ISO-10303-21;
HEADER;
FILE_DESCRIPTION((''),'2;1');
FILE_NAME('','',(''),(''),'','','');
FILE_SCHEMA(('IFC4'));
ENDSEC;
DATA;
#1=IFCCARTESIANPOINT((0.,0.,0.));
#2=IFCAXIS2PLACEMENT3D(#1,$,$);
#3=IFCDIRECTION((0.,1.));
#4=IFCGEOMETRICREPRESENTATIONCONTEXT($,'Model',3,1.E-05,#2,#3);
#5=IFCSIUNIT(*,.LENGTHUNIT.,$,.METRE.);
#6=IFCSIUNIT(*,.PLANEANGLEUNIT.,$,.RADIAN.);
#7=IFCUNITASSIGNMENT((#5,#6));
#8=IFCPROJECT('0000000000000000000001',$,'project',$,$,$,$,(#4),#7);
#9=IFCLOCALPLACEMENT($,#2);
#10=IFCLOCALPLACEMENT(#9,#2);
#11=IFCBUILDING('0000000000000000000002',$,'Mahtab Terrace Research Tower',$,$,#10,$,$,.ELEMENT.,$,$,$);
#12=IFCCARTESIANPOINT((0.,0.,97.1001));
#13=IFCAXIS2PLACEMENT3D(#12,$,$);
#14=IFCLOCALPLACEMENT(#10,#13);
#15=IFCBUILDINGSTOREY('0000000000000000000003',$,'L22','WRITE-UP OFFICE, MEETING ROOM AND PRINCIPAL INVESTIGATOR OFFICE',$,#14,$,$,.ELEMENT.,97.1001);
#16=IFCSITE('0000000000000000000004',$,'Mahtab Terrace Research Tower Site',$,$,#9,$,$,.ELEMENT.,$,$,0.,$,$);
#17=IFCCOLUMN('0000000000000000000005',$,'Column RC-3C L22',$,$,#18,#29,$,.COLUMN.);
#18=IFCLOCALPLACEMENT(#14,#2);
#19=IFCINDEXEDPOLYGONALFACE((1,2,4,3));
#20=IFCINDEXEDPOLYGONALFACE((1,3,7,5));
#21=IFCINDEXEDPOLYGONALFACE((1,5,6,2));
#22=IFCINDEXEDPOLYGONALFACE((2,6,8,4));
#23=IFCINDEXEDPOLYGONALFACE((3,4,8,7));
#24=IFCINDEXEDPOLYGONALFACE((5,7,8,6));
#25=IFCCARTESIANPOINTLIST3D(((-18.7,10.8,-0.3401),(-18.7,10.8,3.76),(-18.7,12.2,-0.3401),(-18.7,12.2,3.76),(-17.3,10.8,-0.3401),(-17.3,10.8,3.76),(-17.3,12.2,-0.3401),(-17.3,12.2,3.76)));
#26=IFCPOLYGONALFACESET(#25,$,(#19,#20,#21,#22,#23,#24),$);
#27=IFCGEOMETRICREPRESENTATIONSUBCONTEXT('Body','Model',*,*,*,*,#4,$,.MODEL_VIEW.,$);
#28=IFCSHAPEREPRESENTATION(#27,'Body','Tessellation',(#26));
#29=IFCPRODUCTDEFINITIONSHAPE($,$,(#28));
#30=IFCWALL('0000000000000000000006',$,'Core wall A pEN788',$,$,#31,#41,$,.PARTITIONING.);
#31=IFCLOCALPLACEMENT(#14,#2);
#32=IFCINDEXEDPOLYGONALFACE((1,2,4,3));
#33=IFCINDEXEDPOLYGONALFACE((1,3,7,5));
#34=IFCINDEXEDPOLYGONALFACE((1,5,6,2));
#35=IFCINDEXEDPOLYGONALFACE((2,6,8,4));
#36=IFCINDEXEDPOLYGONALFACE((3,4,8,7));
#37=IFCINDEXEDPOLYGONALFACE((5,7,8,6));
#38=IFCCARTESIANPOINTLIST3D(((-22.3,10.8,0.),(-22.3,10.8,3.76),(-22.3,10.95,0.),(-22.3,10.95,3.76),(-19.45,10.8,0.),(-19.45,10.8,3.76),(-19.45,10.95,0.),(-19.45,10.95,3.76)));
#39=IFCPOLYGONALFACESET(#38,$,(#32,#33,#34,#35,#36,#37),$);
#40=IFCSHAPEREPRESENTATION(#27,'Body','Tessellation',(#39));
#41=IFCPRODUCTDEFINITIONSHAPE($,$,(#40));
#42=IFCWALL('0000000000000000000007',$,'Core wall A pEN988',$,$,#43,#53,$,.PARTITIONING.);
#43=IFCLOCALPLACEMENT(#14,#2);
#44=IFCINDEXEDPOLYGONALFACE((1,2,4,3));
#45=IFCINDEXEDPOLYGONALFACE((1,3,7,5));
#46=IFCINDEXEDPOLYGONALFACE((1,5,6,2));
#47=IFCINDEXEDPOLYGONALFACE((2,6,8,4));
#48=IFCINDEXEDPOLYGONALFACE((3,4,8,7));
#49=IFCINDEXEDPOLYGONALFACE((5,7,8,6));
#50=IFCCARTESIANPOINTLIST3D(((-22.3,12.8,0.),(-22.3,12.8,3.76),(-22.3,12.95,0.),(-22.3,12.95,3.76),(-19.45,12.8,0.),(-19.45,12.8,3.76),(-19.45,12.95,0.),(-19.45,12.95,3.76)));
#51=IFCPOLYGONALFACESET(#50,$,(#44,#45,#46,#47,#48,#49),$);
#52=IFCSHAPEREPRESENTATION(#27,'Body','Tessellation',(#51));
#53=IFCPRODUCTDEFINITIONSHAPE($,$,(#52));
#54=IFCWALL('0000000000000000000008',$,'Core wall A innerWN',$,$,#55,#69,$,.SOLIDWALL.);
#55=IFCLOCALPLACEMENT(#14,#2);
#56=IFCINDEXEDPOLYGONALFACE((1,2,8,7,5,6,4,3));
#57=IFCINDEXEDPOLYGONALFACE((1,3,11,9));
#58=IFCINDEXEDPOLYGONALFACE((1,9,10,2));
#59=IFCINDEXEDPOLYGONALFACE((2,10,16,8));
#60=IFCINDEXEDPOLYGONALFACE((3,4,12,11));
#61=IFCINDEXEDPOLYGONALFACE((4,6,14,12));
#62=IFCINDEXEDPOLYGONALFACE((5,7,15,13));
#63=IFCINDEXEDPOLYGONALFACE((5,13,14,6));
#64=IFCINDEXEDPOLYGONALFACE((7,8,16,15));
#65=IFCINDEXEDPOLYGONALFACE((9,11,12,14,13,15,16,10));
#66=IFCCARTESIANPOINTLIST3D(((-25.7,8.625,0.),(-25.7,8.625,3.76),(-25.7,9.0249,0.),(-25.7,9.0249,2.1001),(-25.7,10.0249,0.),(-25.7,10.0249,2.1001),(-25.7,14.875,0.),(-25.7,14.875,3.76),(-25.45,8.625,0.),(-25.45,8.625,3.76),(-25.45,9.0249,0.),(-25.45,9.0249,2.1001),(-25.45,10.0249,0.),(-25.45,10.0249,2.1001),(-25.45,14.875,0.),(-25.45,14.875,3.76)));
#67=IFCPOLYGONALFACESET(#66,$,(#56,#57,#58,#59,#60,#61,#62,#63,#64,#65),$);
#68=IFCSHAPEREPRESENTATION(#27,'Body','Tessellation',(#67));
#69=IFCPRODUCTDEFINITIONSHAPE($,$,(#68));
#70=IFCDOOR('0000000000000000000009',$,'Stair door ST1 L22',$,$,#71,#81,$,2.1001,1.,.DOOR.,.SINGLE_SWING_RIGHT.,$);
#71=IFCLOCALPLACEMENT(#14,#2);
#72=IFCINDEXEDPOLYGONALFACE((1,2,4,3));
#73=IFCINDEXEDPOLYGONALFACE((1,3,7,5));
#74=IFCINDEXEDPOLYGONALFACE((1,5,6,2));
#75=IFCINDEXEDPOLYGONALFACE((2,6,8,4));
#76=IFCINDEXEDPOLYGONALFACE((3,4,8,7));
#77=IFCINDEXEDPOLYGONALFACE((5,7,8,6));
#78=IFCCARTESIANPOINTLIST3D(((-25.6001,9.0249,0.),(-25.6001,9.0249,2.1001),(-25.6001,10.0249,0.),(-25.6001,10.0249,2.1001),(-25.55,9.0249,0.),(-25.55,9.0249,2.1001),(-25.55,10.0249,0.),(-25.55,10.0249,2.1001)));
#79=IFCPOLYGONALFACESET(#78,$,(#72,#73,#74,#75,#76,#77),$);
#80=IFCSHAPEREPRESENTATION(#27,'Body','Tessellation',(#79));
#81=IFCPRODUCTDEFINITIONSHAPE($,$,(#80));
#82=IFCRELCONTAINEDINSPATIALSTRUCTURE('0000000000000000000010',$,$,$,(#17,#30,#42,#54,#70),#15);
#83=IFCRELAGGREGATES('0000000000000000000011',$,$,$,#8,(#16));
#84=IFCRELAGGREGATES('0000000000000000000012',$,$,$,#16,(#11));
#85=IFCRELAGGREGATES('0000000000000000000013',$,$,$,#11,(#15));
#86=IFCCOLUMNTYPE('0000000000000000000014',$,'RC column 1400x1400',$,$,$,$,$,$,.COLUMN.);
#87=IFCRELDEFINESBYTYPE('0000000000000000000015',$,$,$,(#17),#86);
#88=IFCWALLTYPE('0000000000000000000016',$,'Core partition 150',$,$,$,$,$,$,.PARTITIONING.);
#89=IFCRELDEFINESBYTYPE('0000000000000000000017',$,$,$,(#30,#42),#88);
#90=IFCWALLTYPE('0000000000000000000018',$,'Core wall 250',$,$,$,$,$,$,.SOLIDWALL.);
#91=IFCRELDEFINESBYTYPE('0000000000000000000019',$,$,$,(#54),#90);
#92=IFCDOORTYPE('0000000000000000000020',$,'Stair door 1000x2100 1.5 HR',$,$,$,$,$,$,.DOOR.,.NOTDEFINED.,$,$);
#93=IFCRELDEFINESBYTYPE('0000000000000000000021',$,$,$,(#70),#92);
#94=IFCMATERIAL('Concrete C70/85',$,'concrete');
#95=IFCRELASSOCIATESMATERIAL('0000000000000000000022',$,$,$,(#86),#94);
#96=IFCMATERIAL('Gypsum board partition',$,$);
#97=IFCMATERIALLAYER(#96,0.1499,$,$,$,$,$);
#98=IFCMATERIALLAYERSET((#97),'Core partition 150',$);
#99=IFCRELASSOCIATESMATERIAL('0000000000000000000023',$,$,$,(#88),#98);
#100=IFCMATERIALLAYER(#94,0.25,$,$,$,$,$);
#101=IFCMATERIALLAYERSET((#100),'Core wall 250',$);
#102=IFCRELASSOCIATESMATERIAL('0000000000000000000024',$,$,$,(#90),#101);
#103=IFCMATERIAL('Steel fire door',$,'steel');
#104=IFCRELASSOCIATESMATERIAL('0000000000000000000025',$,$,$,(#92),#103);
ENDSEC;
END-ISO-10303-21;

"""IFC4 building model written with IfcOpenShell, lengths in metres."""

from ifc_helpers import new_model, si_unit, direction, frame, frame_2d, origin, origin_2d, place, context, subcontext, project, spatial, rectangle, extrude, material, layer, layer_set, material_profile, profile_set, type_object, element, fill, save


model = new_model("IFC4")

# Units and contexts
model_context = context("Model", 3, precision=1e-05, world=origin(), true_north=direction((0.0, 1.0)))
body_context = subcontext(model_context, "Body", "Model", "MODEL_VIEW")
ifc_project = project(units=[si_unit("LENGTHUNIT", "METRE"), si_unit("PLANEANGLEUNIT", "RADIAN")], contexts=[model_context])

# Site, building, storey
site_placement = place(None, origin())
site = spatial("IfcSite", under=ifc_project, at=site_placement, Name="Mahtab Terrace Research Tower Site", CompositionType="ELEMENT", RefElevation=0.0)
building_placement = place(site_placement, origin())
building = spatial("IfcBuilding", under=site, at=building_placement, Name="Mahtab Terrace Research Tower", CompositionType="ELEMENT")
storey_placement = place(building_placement, frame((0.0, 0.0, 97.1001)))
storey = spatial("IfcBuildingStorey", under=building, at=storey_placement, Name="L22", Description="WRITE-UP OFFICE, MEETING ROOM AND PRINCIPAL INVESTIGATOR OFFICE", CompositionType="ELEMENT", Elevation=97.1001)

# Column
ifc_material_1 = material(Name="Concrete C70/85", Category="concrete")
ifc_material_profile = material_profile(ifc_material_1, rectangle(XDim=1.3999, YDim=1.3999, at=origin_2d()), Name="RC column 1400x1400")
ifc_profile_set = profile_set([ifc_material_profile], Name="Concrete C70/85")
column_type = type_object("IfcColumnType", Name="RC column 1400x1400", PredefinedType="COLUMN", material=ifc_profile_set)
column_placement = place(storey_placement, frame((-18.0, 11.5, -0.3401), z_axis=(0.0, 0.0, 1.0), x_axis=(1.0, 0.0, 0.0)))
element("IfcColumn", 1, at=column_placement, inside=storey, type_object=column_type, Name="Column RC-3C L22", PredefinedType="COLUMN", context=body_context, shape_type="SweptSolid", body=[
    extrude(rectangle(XDim=1.3999, YDim=1.3999, at=origin_2d()), origin(), (0.0, 0.0, 1.0), 4.1001),
])

# Walls
ifc_material_2 = material(Name="Gypsum board partition")
ifc_layer_1 = layer(ifc_material_2, 0.1499)
ifc_layer_set_1 = layer_set([ifc_layer_1], Name="Core partition 150")
wall_type_1 = type_object("IfcWallType", Name="Core partition 150", PredefinedType="PARTITIONING", material=ifc_layer_set_1)
for number, where, z_axis, x_axis, name in (
    (2, (-22.3, 10.875, 0.0), (0.0, 0.0, 1.0), (1.0, 0.0, 0.0), "Core wall A pEN788"),
    (3, (-22.3, 12.875, 0.0), (0.0, 0.0, 1.0), (1.0, 0.0, 0.0), "Core wall A pEN988"),
):
    element("IfcWall", number, at=place(storey_placement, frame(where, z_axis=z_axis, x_axis=x_axis)), inside=storey, type_object=wall_type_1, Name=name, PredefinedType="PARTITIONING", context=body_context, shape_type="SweptSolid", body=[
        extrude(rectangle(XDim=2.8501, YDim=0.1499, at=frame_2d((1.425, 0.0))), origin(), (0.0, 0.0, 1.0), 3.76),
    ])

# Wall, opening, door
ifc_layer_2 = layer(ifc_material_1, 0.25)
ifc_layer_set_2 = layer_set([ifc_layer_2], Name="Core wall 250")
wall_type_2 = type_object("IfcWallType", Name="Core wall 250", PredefinedType="SOLIDWALL", material=ifc_layer_set_2)
wall_1_placement = place(storey_placement, frame((-25.575, 14.875, 0.0), z_axis=(0.0, 0.0, 1.0), x_axis=(0.0, -1.0, 0.0)))
wall_1 = element("IfcWall", 4, at=wall_1_placement, inside=storey, type_object=wall_type_2, Name="Core wall A innerWN", PredefinedType="SOLIDWALL", context=body_context, shape_type="SweptSolid", body=[
    extrude(rectangle(XDim=6.25, YDim=0.25, at=frame_2d((3.125, 0.0))), origin(), (0.0, 0.0, 1.0), 3.76),
])
opening_1_placement = place(wall_1_placement, frame((4.8501, 0.0, 0.0)))
opening_1 = element("IfcOpeningElement", 5, at=opening_1_placement, cuts=wall_1, PredefinedType="OPENING", context=body_context, shape_type="SweptSolid", body=[
    extrude(rectangle(XDim=1.0, YDim=2.1001, at=frame_2d((0.5, 1.05))), frame((0.0, 0.135, 0.0), z_axis=(0.0, -1.0, 0.0), x_axis=(1.0, 0.0, 0.0)), (0.0, 0.0, 1.0), 0.27),
])
ifc_material_3 = material(Name="Steel fire door", Category="steel")
door_type_1 = type_object("IfcDoorType", Name="Stair door 1000x2100 1.5 HR", OperationType="NOTDEFINED", PredefinedType="DOOR", material=ifc_material_3)
door_1_placement = place(opening_1_placement, origin())
door_1 = element("IfcDoor", 6, at=door_1_placement, inside=storey, type_object=door_type_1, Name="Stair door ST1 L22", OperationType="SINGLE_SWING_RIGHT", OverallHeight=2.1001, OverallWidth=1.0, PredefinedType="DOOR", context=body_context, shape_type="SweptSolid", body=[
    extrude(rectangle(XDim=1.0, YDim=2.1001, at=frame_2d((0.5, 1.05))), frame((0.0, 0.0249, 0.0), z_axis=(0.0, -1.0, 0.0), x_axis=(1.0, 0.0, 0.0)), (0.0, 0.0, 1.0), 0.05),
])
fill(opening_1, door_1)

save(model, "model.ifc")
